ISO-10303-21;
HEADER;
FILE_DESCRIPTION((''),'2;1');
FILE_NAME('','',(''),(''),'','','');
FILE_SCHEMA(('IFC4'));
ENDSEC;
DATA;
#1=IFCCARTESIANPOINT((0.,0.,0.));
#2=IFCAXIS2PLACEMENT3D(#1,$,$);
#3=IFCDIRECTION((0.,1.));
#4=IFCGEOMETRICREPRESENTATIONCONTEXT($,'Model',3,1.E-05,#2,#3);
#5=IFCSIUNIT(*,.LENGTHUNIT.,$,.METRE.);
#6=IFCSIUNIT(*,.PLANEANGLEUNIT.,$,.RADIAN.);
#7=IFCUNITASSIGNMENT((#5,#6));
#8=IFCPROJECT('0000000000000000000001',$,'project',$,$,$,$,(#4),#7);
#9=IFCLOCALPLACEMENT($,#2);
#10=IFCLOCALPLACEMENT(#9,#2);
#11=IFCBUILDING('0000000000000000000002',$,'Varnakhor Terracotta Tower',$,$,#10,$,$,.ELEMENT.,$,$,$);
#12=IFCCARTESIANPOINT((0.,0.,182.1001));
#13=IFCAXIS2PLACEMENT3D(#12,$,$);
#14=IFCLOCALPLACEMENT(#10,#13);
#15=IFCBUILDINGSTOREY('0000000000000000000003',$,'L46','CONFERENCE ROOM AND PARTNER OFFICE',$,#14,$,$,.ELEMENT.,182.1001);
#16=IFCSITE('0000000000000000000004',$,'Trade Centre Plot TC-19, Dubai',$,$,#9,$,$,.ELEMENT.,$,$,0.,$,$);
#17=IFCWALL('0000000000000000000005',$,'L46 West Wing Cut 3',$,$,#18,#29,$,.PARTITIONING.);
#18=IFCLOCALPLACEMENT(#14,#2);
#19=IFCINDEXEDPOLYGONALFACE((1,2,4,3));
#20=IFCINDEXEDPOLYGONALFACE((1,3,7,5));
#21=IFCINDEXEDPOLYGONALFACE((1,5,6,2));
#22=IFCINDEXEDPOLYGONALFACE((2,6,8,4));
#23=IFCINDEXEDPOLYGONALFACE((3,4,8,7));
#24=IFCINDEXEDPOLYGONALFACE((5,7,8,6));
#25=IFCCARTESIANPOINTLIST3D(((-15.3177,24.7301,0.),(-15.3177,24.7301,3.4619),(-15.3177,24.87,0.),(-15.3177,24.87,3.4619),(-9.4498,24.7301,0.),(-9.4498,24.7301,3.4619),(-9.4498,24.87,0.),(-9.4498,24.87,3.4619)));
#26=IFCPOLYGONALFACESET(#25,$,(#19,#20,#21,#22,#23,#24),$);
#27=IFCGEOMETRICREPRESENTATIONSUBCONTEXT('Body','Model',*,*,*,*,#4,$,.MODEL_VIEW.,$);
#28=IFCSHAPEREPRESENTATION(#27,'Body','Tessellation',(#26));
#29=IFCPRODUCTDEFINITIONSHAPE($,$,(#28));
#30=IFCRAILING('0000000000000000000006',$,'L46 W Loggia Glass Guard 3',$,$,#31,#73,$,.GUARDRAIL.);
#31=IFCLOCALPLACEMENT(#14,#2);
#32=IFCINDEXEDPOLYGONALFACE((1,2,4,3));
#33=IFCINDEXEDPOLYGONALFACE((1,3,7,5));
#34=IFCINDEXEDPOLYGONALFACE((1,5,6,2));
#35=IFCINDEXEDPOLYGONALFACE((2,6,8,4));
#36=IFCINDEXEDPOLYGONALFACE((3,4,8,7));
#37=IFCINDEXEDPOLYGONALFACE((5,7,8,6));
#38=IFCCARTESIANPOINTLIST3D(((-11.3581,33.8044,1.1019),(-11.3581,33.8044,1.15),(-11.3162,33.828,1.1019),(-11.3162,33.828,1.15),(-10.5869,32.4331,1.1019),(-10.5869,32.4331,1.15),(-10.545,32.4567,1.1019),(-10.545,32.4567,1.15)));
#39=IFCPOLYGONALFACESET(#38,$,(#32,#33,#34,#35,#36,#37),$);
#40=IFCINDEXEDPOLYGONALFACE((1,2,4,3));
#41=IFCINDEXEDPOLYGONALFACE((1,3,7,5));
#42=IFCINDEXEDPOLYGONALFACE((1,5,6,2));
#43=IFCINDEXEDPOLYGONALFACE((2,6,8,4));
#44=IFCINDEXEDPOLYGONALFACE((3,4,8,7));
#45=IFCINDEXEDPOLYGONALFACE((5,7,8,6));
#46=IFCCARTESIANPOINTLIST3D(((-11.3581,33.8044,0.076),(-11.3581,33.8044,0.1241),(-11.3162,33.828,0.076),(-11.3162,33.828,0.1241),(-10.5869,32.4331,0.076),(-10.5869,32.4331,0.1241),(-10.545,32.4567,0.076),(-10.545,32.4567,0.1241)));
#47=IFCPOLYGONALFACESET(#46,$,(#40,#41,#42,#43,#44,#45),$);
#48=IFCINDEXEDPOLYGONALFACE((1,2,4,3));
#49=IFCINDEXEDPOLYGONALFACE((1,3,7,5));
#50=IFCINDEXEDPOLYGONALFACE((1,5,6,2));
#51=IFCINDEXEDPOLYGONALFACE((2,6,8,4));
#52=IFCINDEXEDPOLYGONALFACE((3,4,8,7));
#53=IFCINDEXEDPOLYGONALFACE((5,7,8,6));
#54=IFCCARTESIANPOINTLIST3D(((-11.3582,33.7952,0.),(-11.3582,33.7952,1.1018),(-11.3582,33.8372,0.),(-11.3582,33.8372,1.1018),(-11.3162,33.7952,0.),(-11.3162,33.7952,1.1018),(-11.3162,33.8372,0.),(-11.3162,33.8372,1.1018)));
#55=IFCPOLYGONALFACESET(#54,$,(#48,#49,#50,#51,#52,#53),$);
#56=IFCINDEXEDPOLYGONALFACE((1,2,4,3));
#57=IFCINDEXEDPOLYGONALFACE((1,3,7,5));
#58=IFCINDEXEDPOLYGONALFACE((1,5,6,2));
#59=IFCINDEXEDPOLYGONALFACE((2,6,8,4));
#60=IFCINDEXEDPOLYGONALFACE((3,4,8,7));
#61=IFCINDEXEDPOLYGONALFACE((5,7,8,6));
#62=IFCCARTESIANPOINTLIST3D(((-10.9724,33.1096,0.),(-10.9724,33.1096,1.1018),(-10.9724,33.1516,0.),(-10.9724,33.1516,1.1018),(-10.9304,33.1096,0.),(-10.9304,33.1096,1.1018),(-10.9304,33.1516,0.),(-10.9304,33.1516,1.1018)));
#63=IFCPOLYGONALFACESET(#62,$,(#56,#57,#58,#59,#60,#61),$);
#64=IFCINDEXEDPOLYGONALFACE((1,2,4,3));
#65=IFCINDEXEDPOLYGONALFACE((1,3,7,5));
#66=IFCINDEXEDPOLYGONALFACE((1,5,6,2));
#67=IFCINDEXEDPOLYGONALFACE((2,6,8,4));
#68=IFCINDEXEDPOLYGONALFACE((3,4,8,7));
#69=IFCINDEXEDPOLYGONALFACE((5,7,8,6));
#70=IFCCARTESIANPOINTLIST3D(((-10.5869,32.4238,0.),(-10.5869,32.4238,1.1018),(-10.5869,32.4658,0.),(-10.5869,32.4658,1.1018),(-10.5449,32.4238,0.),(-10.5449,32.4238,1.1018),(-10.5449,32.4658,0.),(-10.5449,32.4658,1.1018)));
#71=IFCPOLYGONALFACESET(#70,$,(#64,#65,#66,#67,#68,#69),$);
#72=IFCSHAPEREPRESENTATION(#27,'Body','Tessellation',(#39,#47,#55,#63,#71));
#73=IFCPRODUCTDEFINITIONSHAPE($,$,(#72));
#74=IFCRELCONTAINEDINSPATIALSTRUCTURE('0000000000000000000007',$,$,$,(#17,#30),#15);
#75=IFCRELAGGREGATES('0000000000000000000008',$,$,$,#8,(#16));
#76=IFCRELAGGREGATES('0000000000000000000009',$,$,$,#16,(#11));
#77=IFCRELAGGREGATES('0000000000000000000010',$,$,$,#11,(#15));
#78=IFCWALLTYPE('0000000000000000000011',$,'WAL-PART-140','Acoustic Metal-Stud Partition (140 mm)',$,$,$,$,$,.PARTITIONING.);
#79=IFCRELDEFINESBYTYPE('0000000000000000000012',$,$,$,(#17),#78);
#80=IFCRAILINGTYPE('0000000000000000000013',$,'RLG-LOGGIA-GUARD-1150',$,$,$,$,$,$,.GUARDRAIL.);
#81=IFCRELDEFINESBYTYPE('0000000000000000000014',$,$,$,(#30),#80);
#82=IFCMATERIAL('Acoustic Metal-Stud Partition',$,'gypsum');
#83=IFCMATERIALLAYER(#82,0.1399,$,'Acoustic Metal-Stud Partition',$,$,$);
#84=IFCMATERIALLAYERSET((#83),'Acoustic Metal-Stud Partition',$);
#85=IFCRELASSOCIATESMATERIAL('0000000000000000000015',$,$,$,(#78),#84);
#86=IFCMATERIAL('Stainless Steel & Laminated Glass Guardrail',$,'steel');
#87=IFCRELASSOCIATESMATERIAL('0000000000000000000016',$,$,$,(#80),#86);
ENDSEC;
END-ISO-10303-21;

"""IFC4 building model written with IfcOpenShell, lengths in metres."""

from ifc_helpers import new_model, si_unit, direction, frame, frame_2d, origin, origin_2d, place, context, subcontext, project, spatial, rectangle, extrude, material, layer, layer_set, type_object, element, save


model = new_model("IFC4")

# Units and contexts
model_context = context("Model", 3, precision=1e-05, world=origin(), true_north=direction((0.0, 1.0)))
body_context = subcontext(model_context, "Body", "Model", "MODEL_VIEW")
ifc_project = project(units=[si_unit("LENGTHUNIT", "METRE"), si_unit("PLANEANGLEUNIT", "RADIAN")], contexts=[model_context])

# Site, building, storey
site_placement = place(None, origin())
site = spatial("IfcSite", under=ifc_project, at=site_placement, Name="Trade Centre Plot TC-19, Dubai", CompositionType="ELEMENT", RefElevation=0.0)
building_placement = place(site_placement, origin())
building = spatial("IfcBuilding", under=site, at=building_placement, Name="Varnakhor Terracotta Tower", CompositionType="ELEMENT")
storey_placement = place(building_placement, frame((0.0, 0.0, 182.1001)))
storey = spatial("IfcBuildingStorey", under=building, at=storey_placement, Name="L46", Description="CONFERENCE ROOM AND PARTNER OFFICE", CompositionType="ELEMENT", Elevation=182.1001)

# Shared definitions
ifc_material_1 = material(Name="Acoustic Metal-Stud Partition", Category="gypsum")
ifc_layer_1 = layer(ifc_material_1, 0.1399, Name="Acoustic Metal-Stud Partition")
ifc_layer_set_1 = layer_set([ifc_layer_1], Name="Acoustic Metal-Stud Partition")
wall_type_1 = type_object("IfcWallType", Name="WAL-PART-140", Description="Acoustic Metal-Stud Partition (140 mm)", PredefinedType="PARTITIONING", material=ifc_layer_set_1)

# Wall
wall_1_placement = place(storey_placement, frame((-15.3179, 24.8, 0.0), z_axis=(0.0, 0.0, 1.0), x_axis=(1.0, 0.0, 0.0)))
element("IfcWall", 1, at=wall_1_placement, inside=storey, type_object=wall_type_1, Name="L46 West Wing Cut 3", PredefinedType="PARTITIONING", context=body_context, shape_type="SweptSolid", body=[
    extrude(rectangle(XDim=5.8679, YDim=0.1399, at=frame_2d((2.9341, 0.0))), origin(), (0.0, 0.0, 1.0), 3.4619),
])

# Railing
ifc_material_2 = material(Name="Stainless Steel & Laminated Glass Guardrail", Category="steel")
railing_type = type_object("IfcRailingType", Name="RLG-LOGGIA-GUARD-1150", PredefinedType="GUARDRAIL", material=ifc_material_2)
railing_placement = place(storey_placement, frame((-11.3372, 33.8162, 0.0)))
element("IfcRailing", 2, at=railing_placement, inside=storey, type_object=railing_type, Name="L46 W Loggia Glass Guard 3", PredefinedType="GUARDRAIL", context=body_context, shape_type="SweptSolid", body=[
    extrude(rectangle(XDim=0.0481, YDim=0.0481, at=origin_2d()), frame((0.0, 0.0, 1.126), z_axis=(0.490195, -0.871613, 0.0), x_axis=(0.871613, 0.490195, 0.0)), (0.0, 0.0, 1.0), 1.5732),
    extrude(rectangle(XDim=0.0481, YDim=0.0481, at=origin_2d()), frame((0.0, 0.0, 0.1001), z_axis=(0.490195, -0.871613, 0.0), x_axis=(0.871613, 0.490195, 0.0)), (0.0, 0.0, 1.0), 1.5732),
    extrude(rectangle(XDim=0.042, YDim=0.042, at=origin_2d()), origin(), (0.0, 0.0, 1.0), 1.1018),
    extrude(rectangle(XDim=0.042, YDim=0.042, at=origin_2d()), frame((0.3857, -0.6855, 0.0)), (0.0, 0.0, 1.0), 1.1018),
    extrude(rectangle(XDim=0.042, YDim=0.042, at=origin_2d()), frame((0.7712, -1.3713, 0.0)), (0.0, 0.0, 1.0), 1.1018),
])

save(model, "model.ifc")
